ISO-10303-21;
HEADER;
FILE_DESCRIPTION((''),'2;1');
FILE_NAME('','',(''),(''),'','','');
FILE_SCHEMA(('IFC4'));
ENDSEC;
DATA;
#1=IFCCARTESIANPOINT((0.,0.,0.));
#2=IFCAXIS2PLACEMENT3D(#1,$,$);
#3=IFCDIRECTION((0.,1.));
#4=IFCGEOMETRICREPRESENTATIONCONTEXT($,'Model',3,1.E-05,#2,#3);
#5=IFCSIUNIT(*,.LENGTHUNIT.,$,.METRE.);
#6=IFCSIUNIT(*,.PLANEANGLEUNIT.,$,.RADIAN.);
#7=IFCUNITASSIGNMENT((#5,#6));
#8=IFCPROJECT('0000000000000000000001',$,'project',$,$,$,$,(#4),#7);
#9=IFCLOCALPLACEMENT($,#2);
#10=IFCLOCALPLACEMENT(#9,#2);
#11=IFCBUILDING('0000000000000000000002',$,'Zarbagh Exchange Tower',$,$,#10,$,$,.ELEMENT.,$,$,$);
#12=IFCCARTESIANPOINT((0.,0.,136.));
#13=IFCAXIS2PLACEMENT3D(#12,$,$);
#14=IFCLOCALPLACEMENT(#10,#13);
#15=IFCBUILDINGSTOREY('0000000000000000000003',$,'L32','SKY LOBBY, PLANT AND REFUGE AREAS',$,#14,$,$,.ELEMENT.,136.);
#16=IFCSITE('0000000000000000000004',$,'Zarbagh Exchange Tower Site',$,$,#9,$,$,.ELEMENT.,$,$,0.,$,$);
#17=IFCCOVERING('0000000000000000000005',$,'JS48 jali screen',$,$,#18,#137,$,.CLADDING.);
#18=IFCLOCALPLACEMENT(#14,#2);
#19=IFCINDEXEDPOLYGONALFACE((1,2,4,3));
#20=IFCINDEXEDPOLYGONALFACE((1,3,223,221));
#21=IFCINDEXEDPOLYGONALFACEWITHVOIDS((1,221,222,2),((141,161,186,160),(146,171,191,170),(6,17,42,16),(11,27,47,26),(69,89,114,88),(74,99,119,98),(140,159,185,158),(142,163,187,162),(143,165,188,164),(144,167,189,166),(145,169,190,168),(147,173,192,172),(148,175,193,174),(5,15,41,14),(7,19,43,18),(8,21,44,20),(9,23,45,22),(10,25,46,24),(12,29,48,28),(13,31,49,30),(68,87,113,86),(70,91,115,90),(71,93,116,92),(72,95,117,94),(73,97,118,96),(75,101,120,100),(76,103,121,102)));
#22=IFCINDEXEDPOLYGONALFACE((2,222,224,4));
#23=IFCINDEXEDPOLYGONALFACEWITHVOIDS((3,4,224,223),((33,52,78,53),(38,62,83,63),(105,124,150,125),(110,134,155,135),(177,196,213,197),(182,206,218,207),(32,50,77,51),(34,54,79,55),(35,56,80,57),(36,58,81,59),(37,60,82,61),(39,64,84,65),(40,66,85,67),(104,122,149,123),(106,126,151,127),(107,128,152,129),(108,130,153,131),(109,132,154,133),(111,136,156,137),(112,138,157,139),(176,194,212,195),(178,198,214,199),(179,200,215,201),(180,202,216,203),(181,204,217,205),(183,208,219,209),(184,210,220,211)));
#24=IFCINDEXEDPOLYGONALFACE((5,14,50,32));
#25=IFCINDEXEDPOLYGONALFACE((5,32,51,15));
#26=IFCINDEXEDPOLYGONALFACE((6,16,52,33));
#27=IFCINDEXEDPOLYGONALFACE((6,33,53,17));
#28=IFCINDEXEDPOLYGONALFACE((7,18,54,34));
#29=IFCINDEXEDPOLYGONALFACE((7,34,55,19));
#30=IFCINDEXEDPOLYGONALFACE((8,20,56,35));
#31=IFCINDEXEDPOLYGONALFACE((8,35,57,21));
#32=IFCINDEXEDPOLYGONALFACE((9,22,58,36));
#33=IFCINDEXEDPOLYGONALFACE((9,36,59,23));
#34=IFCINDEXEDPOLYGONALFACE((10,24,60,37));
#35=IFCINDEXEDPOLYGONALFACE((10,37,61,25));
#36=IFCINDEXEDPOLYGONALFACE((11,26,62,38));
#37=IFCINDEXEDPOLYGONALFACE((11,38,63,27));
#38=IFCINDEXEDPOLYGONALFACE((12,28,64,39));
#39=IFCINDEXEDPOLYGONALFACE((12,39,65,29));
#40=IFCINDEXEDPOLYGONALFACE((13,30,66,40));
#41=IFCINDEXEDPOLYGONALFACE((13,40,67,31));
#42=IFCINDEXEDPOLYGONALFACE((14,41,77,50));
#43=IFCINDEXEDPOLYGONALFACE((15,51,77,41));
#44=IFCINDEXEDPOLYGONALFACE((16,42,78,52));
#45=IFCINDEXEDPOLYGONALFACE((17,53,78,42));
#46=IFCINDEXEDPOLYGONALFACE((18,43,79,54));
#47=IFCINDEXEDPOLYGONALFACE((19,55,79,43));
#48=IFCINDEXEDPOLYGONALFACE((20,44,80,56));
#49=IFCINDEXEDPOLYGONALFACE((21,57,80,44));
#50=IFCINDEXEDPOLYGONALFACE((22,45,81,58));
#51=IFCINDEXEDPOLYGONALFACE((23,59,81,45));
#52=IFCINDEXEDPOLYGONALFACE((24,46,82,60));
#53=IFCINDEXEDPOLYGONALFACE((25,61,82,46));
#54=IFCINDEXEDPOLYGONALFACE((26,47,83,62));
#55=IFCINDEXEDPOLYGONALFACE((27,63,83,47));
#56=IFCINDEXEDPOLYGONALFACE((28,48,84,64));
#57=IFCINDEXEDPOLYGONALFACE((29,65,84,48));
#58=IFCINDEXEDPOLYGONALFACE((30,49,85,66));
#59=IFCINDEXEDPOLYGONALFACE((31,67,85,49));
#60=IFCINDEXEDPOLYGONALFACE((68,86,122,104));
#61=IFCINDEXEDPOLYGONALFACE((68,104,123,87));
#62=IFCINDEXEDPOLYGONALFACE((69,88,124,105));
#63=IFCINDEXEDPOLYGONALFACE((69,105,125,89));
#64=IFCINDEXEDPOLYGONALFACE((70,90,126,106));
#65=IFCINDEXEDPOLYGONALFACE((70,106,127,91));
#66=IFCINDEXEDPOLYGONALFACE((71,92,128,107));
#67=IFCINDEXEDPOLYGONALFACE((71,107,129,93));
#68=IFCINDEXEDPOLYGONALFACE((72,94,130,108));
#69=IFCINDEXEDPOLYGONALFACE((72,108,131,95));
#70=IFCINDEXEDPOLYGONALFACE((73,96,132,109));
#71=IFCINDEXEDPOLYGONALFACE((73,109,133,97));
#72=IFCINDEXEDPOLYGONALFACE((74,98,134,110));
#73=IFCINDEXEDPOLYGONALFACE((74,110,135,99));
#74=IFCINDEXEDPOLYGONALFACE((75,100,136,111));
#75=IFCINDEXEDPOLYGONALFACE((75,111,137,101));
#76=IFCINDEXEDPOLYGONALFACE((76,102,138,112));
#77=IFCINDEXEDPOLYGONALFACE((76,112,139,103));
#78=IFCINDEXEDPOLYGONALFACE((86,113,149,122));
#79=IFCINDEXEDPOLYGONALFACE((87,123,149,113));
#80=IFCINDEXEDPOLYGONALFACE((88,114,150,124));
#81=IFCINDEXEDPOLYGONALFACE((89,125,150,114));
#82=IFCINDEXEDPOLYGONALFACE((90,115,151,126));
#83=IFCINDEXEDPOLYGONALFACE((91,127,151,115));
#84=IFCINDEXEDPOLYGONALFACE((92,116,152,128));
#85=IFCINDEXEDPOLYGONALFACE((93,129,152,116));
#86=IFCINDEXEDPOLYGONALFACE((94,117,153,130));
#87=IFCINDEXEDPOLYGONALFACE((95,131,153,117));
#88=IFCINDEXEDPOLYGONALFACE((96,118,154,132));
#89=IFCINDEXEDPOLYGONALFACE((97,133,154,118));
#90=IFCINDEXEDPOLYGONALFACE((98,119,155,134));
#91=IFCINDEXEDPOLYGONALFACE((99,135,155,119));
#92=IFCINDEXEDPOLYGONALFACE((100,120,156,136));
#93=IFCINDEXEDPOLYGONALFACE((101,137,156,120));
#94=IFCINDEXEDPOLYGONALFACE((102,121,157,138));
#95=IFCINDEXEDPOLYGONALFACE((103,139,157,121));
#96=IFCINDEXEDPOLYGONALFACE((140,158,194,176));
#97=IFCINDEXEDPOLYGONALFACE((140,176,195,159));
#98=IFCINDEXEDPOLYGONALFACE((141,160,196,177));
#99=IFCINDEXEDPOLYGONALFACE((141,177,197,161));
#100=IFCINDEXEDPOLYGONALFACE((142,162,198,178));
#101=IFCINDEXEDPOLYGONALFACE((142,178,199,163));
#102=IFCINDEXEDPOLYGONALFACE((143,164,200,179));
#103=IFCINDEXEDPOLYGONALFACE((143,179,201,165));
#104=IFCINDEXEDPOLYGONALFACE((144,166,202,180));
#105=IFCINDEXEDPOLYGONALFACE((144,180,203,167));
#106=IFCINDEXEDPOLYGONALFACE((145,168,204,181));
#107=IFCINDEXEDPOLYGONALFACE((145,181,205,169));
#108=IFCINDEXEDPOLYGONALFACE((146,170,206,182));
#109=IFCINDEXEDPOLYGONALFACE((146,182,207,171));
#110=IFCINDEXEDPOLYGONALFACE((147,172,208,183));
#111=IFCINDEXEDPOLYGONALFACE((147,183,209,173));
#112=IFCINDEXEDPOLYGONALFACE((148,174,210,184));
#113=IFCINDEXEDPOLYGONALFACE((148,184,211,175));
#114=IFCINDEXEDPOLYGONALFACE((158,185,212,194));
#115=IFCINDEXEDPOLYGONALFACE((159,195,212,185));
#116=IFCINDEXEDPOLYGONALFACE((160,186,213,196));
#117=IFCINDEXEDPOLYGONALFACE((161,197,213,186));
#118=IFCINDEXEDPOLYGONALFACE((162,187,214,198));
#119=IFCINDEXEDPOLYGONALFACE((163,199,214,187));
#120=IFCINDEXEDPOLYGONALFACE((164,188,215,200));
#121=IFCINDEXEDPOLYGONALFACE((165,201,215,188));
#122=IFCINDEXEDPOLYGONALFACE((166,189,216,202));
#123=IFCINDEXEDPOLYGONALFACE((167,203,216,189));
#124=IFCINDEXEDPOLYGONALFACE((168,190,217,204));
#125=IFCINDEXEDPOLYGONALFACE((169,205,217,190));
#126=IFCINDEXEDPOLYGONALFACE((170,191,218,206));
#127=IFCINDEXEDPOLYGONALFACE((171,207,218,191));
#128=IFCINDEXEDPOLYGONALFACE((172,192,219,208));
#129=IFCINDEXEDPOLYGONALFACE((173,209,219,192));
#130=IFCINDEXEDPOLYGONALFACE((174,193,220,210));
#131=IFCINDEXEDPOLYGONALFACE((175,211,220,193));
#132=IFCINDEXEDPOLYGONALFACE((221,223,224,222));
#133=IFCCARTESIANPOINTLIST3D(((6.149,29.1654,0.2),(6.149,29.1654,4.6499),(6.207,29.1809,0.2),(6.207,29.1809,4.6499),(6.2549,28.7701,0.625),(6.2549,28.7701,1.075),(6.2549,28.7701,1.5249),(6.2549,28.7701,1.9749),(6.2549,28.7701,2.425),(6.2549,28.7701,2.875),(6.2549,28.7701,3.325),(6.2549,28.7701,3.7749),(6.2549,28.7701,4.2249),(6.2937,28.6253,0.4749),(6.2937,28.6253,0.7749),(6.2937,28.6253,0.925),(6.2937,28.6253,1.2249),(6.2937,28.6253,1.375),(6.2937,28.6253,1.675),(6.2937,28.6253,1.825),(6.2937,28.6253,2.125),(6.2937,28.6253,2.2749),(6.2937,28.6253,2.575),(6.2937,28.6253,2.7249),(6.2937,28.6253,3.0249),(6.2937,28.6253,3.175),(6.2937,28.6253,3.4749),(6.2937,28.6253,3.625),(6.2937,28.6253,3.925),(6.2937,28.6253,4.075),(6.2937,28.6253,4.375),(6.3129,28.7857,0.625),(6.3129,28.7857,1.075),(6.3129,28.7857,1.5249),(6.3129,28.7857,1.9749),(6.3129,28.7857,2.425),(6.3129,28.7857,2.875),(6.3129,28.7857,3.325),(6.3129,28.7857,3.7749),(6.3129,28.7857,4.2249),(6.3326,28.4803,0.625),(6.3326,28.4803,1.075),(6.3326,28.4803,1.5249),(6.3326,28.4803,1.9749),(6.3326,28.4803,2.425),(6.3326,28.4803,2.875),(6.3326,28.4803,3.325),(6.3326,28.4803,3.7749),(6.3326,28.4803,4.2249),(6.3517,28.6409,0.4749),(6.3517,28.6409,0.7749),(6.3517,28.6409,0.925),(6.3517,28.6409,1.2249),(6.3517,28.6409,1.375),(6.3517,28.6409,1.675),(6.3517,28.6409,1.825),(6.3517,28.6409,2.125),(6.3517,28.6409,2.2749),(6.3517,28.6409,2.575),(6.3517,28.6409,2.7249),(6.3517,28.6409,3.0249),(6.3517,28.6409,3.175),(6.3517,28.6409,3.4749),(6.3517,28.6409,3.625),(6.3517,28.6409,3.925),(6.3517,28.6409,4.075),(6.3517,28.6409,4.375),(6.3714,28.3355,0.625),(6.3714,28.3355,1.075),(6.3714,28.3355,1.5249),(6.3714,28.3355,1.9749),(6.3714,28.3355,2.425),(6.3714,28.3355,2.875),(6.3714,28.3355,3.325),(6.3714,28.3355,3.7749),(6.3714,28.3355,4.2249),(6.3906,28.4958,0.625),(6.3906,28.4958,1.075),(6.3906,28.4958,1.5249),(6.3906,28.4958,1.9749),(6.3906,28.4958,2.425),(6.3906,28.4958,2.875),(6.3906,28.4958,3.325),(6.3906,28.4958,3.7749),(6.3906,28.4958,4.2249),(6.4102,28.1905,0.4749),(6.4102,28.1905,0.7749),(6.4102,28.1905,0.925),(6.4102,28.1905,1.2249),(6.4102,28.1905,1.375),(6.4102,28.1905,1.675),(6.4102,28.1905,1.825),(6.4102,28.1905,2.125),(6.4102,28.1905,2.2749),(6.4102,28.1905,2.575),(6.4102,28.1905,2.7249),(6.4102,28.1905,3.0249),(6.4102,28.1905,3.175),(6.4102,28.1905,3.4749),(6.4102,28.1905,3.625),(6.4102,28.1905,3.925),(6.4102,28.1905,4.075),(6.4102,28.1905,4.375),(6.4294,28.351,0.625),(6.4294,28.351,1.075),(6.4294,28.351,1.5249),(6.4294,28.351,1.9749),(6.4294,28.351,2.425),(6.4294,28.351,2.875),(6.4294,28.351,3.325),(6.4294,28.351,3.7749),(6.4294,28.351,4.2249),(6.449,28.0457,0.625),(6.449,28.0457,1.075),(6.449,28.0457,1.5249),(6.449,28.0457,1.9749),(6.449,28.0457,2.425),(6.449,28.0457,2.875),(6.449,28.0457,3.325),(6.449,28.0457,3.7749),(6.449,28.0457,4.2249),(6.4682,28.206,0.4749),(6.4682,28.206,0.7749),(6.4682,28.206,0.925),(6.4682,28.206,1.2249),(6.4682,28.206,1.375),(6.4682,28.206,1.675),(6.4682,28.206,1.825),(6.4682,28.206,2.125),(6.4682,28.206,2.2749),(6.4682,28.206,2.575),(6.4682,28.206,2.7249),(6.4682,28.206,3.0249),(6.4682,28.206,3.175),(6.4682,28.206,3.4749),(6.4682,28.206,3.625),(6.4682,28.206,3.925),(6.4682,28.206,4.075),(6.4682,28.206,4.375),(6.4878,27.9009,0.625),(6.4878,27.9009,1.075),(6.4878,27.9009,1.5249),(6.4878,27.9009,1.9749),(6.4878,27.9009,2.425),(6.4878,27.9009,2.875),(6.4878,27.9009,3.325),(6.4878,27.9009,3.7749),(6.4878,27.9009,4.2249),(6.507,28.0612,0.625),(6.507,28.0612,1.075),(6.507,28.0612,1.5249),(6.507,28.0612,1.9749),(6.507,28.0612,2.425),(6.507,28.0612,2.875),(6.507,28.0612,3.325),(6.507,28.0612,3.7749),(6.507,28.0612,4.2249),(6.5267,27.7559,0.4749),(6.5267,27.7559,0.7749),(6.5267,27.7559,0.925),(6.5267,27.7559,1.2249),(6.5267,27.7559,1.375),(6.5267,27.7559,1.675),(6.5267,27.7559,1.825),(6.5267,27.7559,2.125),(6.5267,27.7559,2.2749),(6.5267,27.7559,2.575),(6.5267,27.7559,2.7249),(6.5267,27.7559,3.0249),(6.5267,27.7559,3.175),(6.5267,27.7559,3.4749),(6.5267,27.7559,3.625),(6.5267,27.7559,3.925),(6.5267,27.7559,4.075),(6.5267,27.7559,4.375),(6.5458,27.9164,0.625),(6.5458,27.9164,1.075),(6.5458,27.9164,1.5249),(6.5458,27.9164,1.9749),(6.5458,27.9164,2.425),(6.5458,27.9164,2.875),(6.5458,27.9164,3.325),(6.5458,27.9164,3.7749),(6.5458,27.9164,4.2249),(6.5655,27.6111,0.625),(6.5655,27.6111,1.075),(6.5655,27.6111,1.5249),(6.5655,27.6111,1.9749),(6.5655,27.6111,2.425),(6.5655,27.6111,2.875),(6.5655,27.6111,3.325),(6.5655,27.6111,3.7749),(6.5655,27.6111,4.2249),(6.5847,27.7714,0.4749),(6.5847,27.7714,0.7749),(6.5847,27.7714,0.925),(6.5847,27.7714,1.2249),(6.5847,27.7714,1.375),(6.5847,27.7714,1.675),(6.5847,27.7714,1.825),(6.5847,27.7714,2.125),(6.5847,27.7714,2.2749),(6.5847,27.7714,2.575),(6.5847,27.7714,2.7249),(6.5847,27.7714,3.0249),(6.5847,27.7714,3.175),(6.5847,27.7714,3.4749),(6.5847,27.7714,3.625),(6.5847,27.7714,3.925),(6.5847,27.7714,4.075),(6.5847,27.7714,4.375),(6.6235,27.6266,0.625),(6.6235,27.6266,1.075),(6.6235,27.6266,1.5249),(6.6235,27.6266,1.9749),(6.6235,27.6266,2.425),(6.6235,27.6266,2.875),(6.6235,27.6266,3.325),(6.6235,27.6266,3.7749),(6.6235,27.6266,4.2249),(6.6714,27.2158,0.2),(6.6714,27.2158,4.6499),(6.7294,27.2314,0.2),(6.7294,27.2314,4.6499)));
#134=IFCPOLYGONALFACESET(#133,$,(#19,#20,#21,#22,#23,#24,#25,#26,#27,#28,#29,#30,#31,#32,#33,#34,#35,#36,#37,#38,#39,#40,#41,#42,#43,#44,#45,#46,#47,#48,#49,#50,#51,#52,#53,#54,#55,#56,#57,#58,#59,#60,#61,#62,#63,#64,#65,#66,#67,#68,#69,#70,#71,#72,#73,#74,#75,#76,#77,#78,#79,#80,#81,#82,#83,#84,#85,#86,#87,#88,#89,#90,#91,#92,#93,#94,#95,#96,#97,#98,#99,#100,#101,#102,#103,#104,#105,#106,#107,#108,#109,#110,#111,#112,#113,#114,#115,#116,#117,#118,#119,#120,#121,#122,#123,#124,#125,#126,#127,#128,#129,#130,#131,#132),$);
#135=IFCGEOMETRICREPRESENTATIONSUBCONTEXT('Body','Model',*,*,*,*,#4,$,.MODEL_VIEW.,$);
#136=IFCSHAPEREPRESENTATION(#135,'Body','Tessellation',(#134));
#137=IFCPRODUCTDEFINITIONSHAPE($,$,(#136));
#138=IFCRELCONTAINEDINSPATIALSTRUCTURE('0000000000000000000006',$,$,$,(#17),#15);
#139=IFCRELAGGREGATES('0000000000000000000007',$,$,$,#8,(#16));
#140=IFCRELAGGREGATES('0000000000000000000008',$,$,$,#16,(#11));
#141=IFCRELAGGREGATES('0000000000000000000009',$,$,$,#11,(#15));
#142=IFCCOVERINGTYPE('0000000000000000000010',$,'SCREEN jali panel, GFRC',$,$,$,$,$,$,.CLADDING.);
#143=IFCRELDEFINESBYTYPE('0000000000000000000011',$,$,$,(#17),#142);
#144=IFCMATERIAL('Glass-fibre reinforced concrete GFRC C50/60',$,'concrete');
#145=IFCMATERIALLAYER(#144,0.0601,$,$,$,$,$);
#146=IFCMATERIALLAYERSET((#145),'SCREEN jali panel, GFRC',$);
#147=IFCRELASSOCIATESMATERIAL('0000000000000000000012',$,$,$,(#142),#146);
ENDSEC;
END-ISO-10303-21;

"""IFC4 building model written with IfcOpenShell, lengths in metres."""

from ifc_helpers import new_model, si_unit, direction, frame, origin, place, context, subcontext, project, spatial, polyline, outline, extrude, source, transform, mapped, material, layer, layer_set, type_object, element, save


model = new_model("IFC4")

# Units and contexts
model_context = context("Model", 3, precision=1e-05, world=origin(), true_north=direction((0.0, 1.0)))
body_context = subcontext(model_context, "Body", "Model", "MODEL_VIEW")
ifc_project = project(units=[si_unit("LENGTHUNIT", "METRE"), si_unit("PLANEANGLEUNIT", "RADIAN")], contexts=[model_context])

# Site, building, storey
site_placement = place(None, origin())
site = spatial("IfcSite", under=ifc_project, at=site_placement, Name="Zarbagh Exchange Tower Site", CompositionType="ELEMENT", RefElevation=0.0)
building_placement = place(site_placement, origin())
building = spatial("IfcBuilding", under=site, at=building_placement, Name="Zarbagh Exchange Tower", CompositionType="ELEMENT")
storey_placement = place(building_placement, frame((0.0, 0.0, 136.0)))
storey = spatial("IfcBuildingStorey", under=building, at=storey_placement, Name="L32", Description="SKY LOBBY, PLANT AND REFUGE AREAS", CompositionType="ELEMENT", Elevation=136.0)

# Shared definitions
ifc_material_1 = material(Name="Glass-fibre reinforced concrete GFRC C50/60", Category="concrete")
ifc_layer_1 = layer(ifc_material_1, 0.0601)
ifc_layer_set_1 = layer_set([ifc_layer_1], Name="SCREEN jali panel, GFRC")
covering_type = type_object("IfcCoveringType", Name="SCREEN jali panel, GFRC", PredefinedType="CLADDING", material=ifc_layer_set_1)
placement = place(storey_placement, origin())

# Covering
shared_shape_1 = source(origin(), body_context, "Body", "SweptSolid", [
    extrude(outline(polyline([(0.0, 0.0), (2.0183, 0.0), (2.0183, 4.45), (0.0, 4.45), (0.0, 0.0)]), holes=[polyline([(0.4092, 0.425), (0.5591, 0.2749), (0.7092, 0.425), (0.5591, 0.575), (0.4092, 0.425)]), polyline([(0.4092, 0.875), (0.5591, 0.7251), (0.7092, 0.875), (0.5591, 1.0249), (0.4092, 0.875)]), polyline([(0.4092, 1.325), (0.5591, 1.175), (0.7092, 1.325), (0.5591, 1.4751), (0.4092, 1.325)]), polyline([(0.4092, 1.7749), (0.5591, 1.625), (0.7092, 1.7749), (0.5591, 1.925), (0.4092, 1.7749)]), polyline([(0.4092, 2.2251), (0.5591, 2.075), (0.7092, 2.2251), (0.5591, 2.375), (0.4092, 2.2251)]), polyline([(0.4092, 2.675), (0.5591, 2.5249), (0.7092, 2.675), (0.5591, 2.825), (0.4092, 2.675)]), polyline([(0.4092, 3.125), (0.5591, 2.9751), (0.7092, 3.125), (0.5591, 3.2749), (0.4092, 3.125)]), polyline([(0.4092, 3.575), (0.5591, 3.425), (0.7092, 3.575), (0.5591, 3.7251), (0.4092, 3.575)]), polyline([(0.4092, 4.0249), (0.5591, 3.875), (0.7092, 4.0249), (0.5591, 4.175), (0.4092, 4.0249)]), polyline([(0.8591, 0.425), (1.009, 0.2749), (1.1592, 0.425), (1.009, 0.575), (0.8591, 0.425)]), polyline([(0.8591, 0.875), (1.009, 0.7251), (1.1592, 0.875), (1.009, 1.0249), (0.8591, 0.875)]), polyline([(0.8591, 1.325), (1.009, 1.175), (1.1592, 1.325), (1.009, 1.4751), (0.8591, 1.325)]), polyline([(0.8591, 1.7749), (1.009, 1.625), (1.1592, 1.7749), (1.009, 1.925), (0.8591, 1.7749)]), polyline([(0.8591, 2.2251), (1.009, 2.075), (1.1592, 2.2251), (1.009, 2.375), (0.8591, 2.2251)]), polyline([(0.8591, 2.675), (1.009, 2.5249), (1.1592, 2.675), (1.009, 2.825), (0.8591, 2.675)]), polyline([(0.8591, 3.125), (1.009, 2.9751), (1.1592, 3.125), (1.009, 3.2749), (0.8591, 3.125)]), polyline([(0.8591, 3.575), (1.009, 3.425), (1.1592, 3.575), (1.009, 3.7251), (0.8591, 3.575)]), polyline([(0.8591, 4.0249), (1.009, 3.875), (1.1592, 4.0249), (1.009, 4.175), (0.8591, 4.0249)]), polyline([(1.3091, 0.425), (1.4592, 0.2749), (1.6091, 0.425), (1.4592, 0.575), (1.3091, 0.425)]), polyline([(1.3091, 0.875), (1.4592, 0.7251), (1.6091, 0.875), (1.4592, 1.0249), (1.3091, 0.875)]), polyline([(1.3091, 1.325), (1.4592, 1.175), (1.6091, 1.325), (1.4592, 1.4751), (1.3091, 1.325)]), polyline([(1.3091, 1.7749), (1.4592, 1.625), (1.6091, 1.7749), (1.4592, 1.925), (1.3091, 1.7749)]), polyline([(1.3091, 2.2251), (1.4592, 2.075), (1.6091, 2.2251), (1.4592, 2.375), (1.3091, 2.2251)]), polyline([(1.3091, 2.675), (1.4592, 2.5249), (1.6091, 2.675), (1.4592, 2.825), (1.3091, 2.675)]), polyline([(1.3091, 3.125), (1.4592, 2.9751), (1.6091, 3.125), (1.4592, 3.2749), (1.3091, 3.125)]), polyline([(1.3091, 3.575), (1.4592, 3.425), (1.6091, 3.575), (1.4592, 3.7251), (1.3091, 3.575)]), polyline([(1.3091, 4.0249), (1.4592, 3.875), (1.6091, 4.0249), (1.4592, 4.175), (1.3091, 4.0249)])]), origin(), (0.0, 0.0, 1.0), 0.0601),
])
element("IfcCovering", 1, at=placement, inside=storey, type_object=covering_type, Name="JS48 jali screen", PredefinedType="CLADDING", context=body_context, shape_type="MappedRepresentation", body=[
    mapped(shared_shape_1, transform((6.6714, 27.2158, 0.2), x_axis=(-0.258825, 0.965924, 0.0), y_axis=(0.0, 0.0, 1.0), z_axis=(0.965924, 0.258825, 0.0))),
])

save(model, "model.ifc")
